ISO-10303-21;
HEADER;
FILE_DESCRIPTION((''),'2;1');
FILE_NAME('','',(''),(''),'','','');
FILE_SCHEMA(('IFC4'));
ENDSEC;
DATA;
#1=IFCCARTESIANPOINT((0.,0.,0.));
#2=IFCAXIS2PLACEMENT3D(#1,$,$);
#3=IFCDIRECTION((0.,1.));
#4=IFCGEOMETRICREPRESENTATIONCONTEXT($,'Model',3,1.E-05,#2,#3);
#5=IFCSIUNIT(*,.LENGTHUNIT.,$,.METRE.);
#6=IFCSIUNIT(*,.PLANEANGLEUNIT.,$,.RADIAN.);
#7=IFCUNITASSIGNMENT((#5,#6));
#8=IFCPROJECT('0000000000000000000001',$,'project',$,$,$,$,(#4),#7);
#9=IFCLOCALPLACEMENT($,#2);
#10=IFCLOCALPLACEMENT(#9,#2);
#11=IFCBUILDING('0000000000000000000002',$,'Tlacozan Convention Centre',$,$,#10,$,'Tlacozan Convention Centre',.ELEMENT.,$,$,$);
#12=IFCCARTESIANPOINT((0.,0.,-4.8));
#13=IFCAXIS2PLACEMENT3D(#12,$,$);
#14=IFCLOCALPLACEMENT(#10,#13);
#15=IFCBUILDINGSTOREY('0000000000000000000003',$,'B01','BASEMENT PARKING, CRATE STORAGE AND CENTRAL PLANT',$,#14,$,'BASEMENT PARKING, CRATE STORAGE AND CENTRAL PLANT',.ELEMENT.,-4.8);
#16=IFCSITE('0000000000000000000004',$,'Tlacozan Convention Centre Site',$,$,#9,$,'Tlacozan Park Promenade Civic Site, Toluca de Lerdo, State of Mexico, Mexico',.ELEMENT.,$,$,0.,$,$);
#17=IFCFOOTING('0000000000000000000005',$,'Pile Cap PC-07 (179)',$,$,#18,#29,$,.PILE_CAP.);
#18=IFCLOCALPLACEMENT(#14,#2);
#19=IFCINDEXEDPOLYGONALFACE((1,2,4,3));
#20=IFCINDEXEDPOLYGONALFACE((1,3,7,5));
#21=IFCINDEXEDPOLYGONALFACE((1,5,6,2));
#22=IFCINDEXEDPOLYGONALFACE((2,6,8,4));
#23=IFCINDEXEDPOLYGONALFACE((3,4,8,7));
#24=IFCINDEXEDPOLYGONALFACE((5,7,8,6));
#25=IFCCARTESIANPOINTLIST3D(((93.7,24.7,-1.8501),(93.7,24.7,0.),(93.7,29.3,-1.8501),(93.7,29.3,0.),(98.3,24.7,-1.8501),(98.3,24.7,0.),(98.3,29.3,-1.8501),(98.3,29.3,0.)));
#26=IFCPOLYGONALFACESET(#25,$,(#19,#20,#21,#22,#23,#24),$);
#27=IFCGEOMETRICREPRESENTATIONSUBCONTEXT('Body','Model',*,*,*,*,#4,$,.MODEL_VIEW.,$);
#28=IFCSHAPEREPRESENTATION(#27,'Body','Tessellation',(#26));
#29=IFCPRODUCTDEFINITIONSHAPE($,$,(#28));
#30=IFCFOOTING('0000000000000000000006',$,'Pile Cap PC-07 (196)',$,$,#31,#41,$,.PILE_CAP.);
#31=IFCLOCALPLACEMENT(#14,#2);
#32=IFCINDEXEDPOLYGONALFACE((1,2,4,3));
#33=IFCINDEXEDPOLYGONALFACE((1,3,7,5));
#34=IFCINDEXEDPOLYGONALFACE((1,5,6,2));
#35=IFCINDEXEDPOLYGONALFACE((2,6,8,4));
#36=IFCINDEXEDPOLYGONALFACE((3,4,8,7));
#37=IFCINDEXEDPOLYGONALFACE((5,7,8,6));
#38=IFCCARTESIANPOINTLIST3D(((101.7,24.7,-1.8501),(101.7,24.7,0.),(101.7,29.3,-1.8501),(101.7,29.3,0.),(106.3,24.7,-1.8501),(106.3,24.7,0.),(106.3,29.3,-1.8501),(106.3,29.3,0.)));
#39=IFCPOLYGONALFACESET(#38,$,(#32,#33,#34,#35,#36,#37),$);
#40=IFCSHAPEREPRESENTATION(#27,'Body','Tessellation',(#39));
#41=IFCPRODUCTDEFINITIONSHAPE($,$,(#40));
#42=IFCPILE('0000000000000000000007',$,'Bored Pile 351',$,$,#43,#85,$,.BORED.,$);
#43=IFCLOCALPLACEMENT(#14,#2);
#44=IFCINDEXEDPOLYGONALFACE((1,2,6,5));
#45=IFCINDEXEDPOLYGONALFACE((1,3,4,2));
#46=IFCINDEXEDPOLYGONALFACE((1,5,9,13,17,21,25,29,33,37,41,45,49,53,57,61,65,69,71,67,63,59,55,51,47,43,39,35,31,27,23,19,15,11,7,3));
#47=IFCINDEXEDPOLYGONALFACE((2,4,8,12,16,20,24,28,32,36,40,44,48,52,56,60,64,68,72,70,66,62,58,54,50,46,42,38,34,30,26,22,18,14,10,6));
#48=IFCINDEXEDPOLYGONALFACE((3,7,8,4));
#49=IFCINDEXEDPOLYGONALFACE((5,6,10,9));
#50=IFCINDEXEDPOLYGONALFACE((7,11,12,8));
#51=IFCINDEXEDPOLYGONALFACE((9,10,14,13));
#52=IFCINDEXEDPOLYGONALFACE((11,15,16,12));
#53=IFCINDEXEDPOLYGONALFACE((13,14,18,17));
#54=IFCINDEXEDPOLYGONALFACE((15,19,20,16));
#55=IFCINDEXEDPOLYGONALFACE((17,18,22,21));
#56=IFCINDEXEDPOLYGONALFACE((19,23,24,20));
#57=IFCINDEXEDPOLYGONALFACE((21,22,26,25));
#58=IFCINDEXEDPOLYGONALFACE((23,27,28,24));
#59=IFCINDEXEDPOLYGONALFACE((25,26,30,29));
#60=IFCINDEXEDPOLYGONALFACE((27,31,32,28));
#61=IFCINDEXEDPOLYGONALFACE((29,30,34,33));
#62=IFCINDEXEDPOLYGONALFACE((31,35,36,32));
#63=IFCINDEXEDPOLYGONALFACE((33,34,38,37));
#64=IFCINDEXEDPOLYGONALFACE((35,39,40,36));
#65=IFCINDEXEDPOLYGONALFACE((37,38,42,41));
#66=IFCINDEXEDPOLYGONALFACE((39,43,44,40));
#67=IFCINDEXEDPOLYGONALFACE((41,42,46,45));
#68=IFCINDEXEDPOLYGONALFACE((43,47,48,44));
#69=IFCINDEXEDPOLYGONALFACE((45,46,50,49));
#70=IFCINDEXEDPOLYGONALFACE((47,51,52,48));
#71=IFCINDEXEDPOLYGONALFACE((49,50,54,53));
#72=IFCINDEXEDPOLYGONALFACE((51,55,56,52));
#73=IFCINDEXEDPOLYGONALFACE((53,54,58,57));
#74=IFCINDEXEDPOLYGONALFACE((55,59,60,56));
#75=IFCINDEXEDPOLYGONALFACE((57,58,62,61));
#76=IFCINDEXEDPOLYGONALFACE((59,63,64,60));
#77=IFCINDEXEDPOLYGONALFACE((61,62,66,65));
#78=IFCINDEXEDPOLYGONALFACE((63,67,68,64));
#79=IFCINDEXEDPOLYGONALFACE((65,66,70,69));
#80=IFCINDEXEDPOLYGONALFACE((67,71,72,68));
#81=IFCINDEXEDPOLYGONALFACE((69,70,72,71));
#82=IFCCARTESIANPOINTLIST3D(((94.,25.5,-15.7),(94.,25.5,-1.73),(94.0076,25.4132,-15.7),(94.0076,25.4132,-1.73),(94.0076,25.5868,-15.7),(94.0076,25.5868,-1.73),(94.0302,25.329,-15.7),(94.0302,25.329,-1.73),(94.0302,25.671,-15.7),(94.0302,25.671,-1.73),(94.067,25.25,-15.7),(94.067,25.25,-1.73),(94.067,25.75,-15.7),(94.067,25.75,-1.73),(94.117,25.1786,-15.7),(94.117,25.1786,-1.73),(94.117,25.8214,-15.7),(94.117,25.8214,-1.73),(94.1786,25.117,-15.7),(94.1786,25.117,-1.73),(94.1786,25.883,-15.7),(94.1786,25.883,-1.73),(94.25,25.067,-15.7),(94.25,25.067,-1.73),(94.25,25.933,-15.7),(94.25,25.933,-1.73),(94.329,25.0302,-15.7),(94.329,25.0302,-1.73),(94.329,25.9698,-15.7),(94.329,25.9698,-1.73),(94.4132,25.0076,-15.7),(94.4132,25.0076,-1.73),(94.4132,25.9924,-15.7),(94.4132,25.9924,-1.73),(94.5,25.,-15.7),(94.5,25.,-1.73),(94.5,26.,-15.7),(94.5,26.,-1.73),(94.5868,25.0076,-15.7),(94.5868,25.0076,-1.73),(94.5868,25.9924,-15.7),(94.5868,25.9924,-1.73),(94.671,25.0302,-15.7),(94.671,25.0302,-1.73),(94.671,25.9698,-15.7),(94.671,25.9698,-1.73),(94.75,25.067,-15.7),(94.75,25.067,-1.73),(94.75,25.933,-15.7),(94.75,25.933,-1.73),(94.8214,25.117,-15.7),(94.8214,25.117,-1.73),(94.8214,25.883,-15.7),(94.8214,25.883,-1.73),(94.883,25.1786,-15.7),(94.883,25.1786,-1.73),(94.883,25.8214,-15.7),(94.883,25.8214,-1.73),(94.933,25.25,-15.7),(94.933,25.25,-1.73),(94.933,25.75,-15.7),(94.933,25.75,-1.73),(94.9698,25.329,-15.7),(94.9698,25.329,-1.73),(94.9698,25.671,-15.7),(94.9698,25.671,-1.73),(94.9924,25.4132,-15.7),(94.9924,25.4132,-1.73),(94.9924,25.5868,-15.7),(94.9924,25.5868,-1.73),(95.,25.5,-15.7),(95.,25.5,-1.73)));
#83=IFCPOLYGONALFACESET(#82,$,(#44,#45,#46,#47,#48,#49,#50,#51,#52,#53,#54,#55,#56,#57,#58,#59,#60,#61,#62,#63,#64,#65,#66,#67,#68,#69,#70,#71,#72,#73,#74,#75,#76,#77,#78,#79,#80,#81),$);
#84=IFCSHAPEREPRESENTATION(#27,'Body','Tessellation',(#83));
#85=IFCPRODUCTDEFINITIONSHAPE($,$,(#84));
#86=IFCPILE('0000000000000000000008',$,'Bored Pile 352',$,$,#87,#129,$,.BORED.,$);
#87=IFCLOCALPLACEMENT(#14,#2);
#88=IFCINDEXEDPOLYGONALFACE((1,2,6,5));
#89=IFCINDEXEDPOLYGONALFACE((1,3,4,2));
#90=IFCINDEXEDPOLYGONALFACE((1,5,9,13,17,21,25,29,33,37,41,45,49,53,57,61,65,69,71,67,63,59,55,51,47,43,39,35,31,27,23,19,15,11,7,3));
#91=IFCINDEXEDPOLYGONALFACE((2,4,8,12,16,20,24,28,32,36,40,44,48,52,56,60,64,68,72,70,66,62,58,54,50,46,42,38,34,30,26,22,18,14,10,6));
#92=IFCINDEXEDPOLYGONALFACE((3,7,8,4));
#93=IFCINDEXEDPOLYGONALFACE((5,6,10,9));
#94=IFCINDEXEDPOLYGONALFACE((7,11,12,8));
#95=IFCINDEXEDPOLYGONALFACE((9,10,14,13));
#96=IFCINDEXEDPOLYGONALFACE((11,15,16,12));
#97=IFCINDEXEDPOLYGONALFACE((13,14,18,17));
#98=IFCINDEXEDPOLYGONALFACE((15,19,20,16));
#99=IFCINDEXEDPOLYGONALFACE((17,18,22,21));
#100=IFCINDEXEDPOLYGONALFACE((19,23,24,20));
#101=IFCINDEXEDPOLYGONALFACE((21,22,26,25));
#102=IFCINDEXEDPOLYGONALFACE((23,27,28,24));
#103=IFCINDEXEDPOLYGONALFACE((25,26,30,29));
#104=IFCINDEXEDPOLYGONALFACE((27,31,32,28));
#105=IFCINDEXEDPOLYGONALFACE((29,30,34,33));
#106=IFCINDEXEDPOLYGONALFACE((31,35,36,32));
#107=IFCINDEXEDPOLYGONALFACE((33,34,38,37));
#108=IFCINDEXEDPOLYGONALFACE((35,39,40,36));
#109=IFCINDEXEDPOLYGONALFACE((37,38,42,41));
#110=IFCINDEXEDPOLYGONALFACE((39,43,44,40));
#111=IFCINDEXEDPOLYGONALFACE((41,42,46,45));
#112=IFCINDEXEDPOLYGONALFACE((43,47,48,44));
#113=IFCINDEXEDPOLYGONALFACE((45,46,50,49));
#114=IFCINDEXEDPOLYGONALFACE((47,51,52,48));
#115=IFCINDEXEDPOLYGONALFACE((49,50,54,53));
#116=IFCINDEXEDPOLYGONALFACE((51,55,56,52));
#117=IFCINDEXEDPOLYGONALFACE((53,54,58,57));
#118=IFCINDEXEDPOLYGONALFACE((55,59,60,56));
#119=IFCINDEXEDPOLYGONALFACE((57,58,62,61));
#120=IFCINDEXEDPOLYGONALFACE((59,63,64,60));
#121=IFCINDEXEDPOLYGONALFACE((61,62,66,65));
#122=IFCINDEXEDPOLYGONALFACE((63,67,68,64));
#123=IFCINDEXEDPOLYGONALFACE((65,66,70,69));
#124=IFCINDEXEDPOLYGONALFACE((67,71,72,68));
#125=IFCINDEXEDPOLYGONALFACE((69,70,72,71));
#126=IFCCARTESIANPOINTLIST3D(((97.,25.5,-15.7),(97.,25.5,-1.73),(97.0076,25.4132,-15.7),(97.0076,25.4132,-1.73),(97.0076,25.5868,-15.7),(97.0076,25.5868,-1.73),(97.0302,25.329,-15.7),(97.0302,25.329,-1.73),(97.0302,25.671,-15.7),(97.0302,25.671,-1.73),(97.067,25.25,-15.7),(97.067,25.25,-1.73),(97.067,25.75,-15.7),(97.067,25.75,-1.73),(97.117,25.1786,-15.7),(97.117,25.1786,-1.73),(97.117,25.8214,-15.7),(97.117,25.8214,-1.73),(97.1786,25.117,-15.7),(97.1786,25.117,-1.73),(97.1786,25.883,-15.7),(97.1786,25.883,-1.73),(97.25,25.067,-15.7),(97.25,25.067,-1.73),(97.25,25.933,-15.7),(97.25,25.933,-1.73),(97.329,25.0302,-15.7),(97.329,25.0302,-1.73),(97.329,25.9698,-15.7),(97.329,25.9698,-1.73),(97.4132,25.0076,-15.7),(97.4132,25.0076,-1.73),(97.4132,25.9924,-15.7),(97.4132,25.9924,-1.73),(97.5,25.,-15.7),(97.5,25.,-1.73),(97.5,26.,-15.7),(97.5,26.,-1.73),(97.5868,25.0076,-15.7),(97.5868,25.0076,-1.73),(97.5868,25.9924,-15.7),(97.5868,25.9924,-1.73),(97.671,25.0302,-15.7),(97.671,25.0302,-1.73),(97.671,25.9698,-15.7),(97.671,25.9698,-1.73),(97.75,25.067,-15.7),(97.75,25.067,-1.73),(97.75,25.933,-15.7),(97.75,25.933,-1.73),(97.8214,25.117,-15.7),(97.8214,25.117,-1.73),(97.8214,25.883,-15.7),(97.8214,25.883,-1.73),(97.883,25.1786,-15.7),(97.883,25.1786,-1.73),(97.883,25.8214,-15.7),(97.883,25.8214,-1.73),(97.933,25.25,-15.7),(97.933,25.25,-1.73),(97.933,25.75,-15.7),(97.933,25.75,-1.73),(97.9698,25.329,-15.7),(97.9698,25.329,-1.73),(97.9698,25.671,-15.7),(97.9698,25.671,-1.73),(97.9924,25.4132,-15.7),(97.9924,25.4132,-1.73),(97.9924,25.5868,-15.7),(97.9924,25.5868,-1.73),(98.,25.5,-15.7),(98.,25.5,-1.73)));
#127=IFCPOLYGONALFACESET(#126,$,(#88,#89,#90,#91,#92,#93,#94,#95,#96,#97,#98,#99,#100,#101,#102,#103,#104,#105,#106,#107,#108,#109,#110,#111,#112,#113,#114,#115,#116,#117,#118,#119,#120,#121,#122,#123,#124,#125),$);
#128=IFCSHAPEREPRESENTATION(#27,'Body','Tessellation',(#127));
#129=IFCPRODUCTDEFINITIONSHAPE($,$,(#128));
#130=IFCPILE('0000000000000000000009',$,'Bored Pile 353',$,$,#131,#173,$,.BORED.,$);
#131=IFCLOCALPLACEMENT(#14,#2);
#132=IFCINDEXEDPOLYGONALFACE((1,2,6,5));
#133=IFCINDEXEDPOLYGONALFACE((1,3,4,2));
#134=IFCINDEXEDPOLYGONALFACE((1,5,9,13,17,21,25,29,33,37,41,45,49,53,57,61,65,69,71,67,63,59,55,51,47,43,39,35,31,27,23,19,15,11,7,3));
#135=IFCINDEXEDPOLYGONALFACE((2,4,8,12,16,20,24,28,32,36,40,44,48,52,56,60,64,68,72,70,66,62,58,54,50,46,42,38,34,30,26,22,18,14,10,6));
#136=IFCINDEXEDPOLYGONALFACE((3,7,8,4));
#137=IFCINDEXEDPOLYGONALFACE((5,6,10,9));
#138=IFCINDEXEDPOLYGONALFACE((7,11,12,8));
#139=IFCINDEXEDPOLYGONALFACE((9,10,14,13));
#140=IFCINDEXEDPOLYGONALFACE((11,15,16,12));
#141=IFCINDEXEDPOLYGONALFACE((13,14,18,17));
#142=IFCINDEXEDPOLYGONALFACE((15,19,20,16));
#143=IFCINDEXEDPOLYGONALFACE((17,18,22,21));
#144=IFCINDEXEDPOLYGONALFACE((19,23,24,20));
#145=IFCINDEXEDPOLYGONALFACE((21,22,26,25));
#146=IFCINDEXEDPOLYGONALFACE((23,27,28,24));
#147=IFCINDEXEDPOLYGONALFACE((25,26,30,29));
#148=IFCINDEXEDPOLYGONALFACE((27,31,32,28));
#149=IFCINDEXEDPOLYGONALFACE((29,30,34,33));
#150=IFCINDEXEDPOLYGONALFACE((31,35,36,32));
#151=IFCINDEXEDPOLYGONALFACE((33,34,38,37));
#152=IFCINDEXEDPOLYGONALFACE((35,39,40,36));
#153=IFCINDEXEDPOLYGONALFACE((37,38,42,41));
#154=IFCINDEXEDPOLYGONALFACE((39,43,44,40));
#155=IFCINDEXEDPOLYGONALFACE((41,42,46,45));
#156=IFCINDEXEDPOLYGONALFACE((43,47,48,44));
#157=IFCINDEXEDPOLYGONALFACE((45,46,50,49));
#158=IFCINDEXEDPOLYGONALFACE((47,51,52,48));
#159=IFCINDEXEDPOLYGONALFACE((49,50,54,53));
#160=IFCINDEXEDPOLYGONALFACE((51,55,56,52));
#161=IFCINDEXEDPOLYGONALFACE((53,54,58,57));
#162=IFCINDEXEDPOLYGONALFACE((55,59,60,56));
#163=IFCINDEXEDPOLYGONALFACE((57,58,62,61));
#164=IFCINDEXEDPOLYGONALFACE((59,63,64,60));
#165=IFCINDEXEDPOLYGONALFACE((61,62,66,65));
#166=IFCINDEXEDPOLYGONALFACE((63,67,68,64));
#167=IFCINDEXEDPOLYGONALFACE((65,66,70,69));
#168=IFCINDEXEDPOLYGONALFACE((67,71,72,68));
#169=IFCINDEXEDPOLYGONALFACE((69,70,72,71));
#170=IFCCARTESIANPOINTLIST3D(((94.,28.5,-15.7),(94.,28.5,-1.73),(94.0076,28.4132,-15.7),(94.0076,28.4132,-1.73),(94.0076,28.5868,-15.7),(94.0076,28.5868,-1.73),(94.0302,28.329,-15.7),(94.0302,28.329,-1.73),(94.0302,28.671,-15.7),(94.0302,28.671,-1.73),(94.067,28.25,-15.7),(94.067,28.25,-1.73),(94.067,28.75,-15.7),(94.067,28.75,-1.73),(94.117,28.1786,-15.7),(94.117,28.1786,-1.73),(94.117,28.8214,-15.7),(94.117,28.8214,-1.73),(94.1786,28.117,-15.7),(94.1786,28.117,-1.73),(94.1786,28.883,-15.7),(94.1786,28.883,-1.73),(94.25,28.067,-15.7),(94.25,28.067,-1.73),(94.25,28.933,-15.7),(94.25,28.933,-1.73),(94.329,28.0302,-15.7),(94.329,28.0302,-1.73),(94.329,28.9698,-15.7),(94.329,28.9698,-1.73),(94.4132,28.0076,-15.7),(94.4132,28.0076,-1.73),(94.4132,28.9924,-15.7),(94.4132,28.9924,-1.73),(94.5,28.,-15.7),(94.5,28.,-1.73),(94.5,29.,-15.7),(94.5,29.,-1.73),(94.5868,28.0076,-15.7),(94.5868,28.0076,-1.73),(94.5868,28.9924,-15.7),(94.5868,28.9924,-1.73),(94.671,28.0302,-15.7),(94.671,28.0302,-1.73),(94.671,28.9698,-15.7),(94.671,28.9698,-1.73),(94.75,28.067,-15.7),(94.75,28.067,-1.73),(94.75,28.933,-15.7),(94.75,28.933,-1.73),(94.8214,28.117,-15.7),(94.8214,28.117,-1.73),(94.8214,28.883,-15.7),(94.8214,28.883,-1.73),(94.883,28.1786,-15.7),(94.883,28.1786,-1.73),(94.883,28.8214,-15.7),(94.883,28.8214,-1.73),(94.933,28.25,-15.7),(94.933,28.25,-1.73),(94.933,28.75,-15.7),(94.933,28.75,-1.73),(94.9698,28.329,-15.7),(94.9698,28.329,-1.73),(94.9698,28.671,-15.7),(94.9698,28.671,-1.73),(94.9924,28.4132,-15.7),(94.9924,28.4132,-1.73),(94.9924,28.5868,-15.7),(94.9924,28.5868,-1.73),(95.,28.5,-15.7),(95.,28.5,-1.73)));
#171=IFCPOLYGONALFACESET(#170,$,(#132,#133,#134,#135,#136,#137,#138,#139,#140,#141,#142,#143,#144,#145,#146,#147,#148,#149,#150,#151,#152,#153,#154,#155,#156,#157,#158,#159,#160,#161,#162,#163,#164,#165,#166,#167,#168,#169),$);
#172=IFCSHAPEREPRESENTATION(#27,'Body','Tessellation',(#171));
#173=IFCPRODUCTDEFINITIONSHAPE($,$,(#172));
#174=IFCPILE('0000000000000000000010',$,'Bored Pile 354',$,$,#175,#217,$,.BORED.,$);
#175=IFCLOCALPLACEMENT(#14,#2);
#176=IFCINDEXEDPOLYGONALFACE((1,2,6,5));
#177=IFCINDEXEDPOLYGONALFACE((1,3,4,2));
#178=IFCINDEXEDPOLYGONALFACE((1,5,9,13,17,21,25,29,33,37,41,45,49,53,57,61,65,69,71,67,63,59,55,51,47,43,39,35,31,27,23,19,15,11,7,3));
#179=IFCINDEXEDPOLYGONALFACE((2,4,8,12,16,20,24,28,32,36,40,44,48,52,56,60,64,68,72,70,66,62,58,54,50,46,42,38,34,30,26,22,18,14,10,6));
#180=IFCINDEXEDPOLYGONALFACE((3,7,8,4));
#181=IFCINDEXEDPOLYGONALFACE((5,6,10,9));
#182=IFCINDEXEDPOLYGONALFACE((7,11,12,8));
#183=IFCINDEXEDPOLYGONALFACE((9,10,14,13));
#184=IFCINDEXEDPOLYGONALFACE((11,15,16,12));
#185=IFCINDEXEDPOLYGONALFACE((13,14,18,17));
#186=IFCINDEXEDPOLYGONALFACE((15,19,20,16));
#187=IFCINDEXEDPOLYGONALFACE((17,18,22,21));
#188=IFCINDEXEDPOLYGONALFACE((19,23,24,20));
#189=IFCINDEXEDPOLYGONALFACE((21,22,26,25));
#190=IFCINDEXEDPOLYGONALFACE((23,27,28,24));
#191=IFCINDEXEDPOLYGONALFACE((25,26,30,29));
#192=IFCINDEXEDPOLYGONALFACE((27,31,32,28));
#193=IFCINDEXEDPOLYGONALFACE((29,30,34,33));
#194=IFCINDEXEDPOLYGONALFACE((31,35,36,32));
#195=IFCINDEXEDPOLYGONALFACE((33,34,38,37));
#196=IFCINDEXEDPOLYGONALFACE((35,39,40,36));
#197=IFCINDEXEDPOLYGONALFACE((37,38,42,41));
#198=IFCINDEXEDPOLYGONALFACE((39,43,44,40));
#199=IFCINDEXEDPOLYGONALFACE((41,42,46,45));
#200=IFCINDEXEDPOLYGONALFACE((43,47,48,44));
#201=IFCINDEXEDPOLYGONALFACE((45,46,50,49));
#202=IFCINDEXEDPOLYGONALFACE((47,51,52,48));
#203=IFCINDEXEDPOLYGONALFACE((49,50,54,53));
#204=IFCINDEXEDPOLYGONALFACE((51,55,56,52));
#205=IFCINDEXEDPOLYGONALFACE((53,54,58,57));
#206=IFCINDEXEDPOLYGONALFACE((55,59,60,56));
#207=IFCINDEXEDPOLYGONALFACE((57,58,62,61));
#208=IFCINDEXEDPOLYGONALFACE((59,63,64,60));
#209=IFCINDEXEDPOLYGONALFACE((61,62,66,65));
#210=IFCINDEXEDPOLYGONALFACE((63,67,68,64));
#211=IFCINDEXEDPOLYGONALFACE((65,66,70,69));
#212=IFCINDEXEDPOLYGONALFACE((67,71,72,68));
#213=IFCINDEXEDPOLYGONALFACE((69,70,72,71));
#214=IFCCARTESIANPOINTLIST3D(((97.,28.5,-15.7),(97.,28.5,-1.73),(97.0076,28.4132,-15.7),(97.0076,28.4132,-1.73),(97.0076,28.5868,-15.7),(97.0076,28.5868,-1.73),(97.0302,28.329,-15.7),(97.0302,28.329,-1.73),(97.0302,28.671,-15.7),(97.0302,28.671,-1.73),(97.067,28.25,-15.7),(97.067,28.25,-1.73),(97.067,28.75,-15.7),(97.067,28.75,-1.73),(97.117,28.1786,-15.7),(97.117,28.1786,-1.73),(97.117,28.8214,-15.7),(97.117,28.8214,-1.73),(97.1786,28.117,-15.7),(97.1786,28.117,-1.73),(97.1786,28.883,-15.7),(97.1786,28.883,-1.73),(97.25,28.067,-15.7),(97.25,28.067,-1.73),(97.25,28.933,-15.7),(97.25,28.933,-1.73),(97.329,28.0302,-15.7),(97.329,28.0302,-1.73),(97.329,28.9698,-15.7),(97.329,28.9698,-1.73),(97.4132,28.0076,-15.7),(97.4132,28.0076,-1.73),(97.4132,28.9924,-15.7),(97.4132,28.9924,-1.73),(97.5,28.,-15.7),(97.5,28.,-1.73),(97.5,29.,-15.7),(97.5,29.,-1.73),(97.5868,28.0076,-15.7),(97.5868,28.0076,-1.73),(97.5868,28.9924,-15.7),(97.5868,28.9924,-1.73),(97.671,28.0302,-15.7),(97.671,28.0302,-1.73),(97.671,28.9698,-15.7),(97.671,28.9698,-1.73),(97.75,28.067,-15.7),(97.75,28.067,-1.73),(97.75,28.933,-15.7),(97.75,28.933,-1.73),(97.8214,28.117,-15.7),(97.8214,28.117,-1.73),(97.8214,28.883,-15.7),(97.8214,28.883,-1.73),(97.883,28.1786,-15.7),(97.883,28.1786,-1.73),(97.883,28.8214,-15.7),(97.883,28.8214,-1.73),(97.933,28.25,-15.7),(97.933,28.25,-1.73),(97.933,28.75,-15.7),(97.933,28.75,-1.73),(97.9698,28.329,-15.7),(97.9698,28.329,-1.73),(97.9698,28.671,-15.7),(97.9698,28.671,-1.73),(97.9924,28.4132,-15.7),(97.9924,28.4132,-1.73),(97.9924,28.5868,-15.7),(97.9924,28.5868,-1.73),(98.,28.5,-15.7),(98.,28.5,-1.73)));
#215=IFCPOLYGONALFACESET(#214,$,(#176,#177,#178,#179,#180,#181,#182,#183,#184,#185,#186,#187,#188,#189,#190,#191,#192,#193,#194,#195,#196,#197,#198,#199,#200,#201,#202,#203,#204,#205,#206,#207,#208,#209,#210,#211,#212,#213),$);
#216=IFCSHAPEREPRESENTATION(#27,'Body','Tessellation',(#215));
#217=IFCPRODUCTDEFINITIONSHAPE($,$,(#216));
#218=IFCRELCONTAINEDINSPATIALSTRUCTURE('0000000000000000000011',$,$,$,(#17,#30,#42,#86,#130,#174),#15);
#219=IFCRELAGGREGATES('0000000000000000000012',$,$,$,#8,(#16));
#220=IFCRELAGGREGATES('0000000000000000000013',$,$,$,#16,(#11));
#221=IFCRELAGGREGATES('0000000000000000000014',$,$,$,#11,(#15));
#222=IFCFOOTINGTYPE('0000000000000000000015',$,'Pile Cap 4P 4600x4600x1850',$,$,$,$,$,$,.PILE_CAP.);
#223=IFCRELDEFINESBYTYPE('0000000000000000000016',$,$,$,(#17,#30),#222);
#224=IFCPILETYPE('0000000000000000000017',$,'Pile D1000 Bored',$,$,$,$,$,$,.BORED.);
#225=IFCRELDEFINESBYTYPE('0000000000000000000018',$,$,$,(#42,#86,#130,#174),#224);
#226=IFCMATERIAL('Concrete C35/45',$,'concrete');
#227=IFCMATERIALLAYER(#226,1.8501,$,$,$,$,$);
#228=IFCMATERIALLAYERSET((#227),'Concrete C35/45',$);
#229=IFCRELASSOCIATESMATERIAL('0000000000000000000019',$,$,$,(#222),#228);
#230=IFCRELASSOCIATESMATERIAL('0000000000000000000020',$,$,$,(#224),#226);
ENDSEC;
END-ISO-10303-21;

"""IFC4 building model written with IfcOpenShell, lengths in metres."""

from ifc_helpers import new_model, si_unit, direction, frame, origin, origin_2d, place, context, subcontext, project, spatial, rectangle, circle, extrude, material, layer, layer_set, material_profile, profile_set, type_object, element, save


model = new_model("IFC4")

# Units and contexts
model_context = context("Model", 3, precision=1e-05, world=origin(), true_north=direction((0.0, 1.0)))
body_context = subcontext(model_context, "Body", "Model", "MODEL_VIEW")
ifc_project = project(units=[si_unit("LENGTHUNIT", "METRE"), si_unit("PLANEANGLEUNIT", "RADIAN")], contexts=[model_context])

# Site, building, storey
site_placement = place(None, origin())
site = spatial("IfcSite", under=ifc_project, at=site_placement, Name="Tlacozan Convention Centre Site", LongName="Tlacozan Park Promenade Civic Site, Toluca de Lerdo, State of Mexico, Mexico", CompositionType="ELEMENT", RefElevation=0.0)
building_placement = place(site_placement, origin())
building = spatial("IfcBuilding", under=site, at=building_placement, Name="Tlacozan Convention Centre", LongName="Tlacozan Convention Centre", CompositionType="ELEMENT")
storey_placement = place(building_placement, frame((0.0, 0.0, -4.8)))
storey = spatial("IfcBuildingStorey", under=building, at=storey_placement, Name="B01", Description="BASEMENT PARKING, CRATE STORAGE AND CENTRAL PLANT", LongName="BASEMENT PARKING, CRATE STORAGE AND CENTRAL PLANT", CompositionType="ELEMENT", Elevation=-4.8)

# Footings
ifc_material_1 = material(Name="Concrete C35/45", Category="concrete")
ifc_layer_1 = layer(ifc_material_1, 1.8501)
ifc_layer_set_1 = layer_set([ifc_layer_1], Name="Concrete C35/45")
footing_type = type_object("IfcFootingType", Name="Pile Cap 4P 4600x4600x1850", PredefinedType="PILE_CAP", material=ifc_layer_set_1)
for number, where, z_axis, x_axis, name in (
    (1, (96.0, 27.0, -1.8501), (0.0, 0.0, 1.0), (1.0, 0.0, 0.0), "Pile Cap PC-07 (179)"),
    (2, (104.0, 27.0, -1.8501), (0.0, 0.0, 1.0), (1.0, 0.0, 0.0), "Pile Cap PC-07 (196)"),
):
    element("IfcFooting", number, at=place(storey_placement, frame(where, z_axis=z_axis, x_axis=x_axis)), inside=storey, type_object=footing_type, Name=name, PredefinedType="PILE_CAP", context=body_context, shape_type="SweptSolid", body=[
        extrude(rectangle(XDim=4.6001, YDim=4.6001, at=origin_2d()), origin(), (0.0, 0.0, 1.0), 1.8501),
    ])

# Piles
ifc_material_profile_1 = material_profile(ifc_material_1, circle(Radius=0.5, at=origin_2d()), Name="PILE D1000")
ifc_profile_set_1 = profile_set([ifc_material_profile_1], Name="Concrete C35/45")
pile_type_1 = type_object("IfcPileType", Name="Pile D1000 Bored", PredefinedType="BORED", material=ifc_profile_set_1)
for number, where, z_axis, x_axis, name in (
    (3, (94.5, 25.5, -1.73), (0.0, 0.0, -1.0), (1.0, 0.0, 0.0), "Bored Pile 351"),
    (4, (97.5, 25.5, -1.73), (0.0, 0.0, -1.0), (1.0, 0.0, 0.0), "Bored Pile 352"),
    (5, (94.5, 28.5, -1.73), (0.0, 0.0, -1.0), (1.0, 0.0, 0.0), "Bored Pile 353"),
    (6, (97.5, 28.5, -1.73), (0.0, 0.0, -1.0), (1.0, 0.0, 0.0), "Bored Pile 354"),
):
    element("IfcPile", number, at=place(storey_placement, frame(where, z_axis=z_axis, x_axis=x_axis)), inside=storey, type_object=pile_type_1, Name=name, PredefinedType="BORED", context=body_context, shape_type="SweptSolid", body=[
        extrude(circle(Radius=0.5, at=origin_2d()), origin(), (0.0, 0.0, 1.0), 13.97),
    ])

save(model, "model.ifc")
